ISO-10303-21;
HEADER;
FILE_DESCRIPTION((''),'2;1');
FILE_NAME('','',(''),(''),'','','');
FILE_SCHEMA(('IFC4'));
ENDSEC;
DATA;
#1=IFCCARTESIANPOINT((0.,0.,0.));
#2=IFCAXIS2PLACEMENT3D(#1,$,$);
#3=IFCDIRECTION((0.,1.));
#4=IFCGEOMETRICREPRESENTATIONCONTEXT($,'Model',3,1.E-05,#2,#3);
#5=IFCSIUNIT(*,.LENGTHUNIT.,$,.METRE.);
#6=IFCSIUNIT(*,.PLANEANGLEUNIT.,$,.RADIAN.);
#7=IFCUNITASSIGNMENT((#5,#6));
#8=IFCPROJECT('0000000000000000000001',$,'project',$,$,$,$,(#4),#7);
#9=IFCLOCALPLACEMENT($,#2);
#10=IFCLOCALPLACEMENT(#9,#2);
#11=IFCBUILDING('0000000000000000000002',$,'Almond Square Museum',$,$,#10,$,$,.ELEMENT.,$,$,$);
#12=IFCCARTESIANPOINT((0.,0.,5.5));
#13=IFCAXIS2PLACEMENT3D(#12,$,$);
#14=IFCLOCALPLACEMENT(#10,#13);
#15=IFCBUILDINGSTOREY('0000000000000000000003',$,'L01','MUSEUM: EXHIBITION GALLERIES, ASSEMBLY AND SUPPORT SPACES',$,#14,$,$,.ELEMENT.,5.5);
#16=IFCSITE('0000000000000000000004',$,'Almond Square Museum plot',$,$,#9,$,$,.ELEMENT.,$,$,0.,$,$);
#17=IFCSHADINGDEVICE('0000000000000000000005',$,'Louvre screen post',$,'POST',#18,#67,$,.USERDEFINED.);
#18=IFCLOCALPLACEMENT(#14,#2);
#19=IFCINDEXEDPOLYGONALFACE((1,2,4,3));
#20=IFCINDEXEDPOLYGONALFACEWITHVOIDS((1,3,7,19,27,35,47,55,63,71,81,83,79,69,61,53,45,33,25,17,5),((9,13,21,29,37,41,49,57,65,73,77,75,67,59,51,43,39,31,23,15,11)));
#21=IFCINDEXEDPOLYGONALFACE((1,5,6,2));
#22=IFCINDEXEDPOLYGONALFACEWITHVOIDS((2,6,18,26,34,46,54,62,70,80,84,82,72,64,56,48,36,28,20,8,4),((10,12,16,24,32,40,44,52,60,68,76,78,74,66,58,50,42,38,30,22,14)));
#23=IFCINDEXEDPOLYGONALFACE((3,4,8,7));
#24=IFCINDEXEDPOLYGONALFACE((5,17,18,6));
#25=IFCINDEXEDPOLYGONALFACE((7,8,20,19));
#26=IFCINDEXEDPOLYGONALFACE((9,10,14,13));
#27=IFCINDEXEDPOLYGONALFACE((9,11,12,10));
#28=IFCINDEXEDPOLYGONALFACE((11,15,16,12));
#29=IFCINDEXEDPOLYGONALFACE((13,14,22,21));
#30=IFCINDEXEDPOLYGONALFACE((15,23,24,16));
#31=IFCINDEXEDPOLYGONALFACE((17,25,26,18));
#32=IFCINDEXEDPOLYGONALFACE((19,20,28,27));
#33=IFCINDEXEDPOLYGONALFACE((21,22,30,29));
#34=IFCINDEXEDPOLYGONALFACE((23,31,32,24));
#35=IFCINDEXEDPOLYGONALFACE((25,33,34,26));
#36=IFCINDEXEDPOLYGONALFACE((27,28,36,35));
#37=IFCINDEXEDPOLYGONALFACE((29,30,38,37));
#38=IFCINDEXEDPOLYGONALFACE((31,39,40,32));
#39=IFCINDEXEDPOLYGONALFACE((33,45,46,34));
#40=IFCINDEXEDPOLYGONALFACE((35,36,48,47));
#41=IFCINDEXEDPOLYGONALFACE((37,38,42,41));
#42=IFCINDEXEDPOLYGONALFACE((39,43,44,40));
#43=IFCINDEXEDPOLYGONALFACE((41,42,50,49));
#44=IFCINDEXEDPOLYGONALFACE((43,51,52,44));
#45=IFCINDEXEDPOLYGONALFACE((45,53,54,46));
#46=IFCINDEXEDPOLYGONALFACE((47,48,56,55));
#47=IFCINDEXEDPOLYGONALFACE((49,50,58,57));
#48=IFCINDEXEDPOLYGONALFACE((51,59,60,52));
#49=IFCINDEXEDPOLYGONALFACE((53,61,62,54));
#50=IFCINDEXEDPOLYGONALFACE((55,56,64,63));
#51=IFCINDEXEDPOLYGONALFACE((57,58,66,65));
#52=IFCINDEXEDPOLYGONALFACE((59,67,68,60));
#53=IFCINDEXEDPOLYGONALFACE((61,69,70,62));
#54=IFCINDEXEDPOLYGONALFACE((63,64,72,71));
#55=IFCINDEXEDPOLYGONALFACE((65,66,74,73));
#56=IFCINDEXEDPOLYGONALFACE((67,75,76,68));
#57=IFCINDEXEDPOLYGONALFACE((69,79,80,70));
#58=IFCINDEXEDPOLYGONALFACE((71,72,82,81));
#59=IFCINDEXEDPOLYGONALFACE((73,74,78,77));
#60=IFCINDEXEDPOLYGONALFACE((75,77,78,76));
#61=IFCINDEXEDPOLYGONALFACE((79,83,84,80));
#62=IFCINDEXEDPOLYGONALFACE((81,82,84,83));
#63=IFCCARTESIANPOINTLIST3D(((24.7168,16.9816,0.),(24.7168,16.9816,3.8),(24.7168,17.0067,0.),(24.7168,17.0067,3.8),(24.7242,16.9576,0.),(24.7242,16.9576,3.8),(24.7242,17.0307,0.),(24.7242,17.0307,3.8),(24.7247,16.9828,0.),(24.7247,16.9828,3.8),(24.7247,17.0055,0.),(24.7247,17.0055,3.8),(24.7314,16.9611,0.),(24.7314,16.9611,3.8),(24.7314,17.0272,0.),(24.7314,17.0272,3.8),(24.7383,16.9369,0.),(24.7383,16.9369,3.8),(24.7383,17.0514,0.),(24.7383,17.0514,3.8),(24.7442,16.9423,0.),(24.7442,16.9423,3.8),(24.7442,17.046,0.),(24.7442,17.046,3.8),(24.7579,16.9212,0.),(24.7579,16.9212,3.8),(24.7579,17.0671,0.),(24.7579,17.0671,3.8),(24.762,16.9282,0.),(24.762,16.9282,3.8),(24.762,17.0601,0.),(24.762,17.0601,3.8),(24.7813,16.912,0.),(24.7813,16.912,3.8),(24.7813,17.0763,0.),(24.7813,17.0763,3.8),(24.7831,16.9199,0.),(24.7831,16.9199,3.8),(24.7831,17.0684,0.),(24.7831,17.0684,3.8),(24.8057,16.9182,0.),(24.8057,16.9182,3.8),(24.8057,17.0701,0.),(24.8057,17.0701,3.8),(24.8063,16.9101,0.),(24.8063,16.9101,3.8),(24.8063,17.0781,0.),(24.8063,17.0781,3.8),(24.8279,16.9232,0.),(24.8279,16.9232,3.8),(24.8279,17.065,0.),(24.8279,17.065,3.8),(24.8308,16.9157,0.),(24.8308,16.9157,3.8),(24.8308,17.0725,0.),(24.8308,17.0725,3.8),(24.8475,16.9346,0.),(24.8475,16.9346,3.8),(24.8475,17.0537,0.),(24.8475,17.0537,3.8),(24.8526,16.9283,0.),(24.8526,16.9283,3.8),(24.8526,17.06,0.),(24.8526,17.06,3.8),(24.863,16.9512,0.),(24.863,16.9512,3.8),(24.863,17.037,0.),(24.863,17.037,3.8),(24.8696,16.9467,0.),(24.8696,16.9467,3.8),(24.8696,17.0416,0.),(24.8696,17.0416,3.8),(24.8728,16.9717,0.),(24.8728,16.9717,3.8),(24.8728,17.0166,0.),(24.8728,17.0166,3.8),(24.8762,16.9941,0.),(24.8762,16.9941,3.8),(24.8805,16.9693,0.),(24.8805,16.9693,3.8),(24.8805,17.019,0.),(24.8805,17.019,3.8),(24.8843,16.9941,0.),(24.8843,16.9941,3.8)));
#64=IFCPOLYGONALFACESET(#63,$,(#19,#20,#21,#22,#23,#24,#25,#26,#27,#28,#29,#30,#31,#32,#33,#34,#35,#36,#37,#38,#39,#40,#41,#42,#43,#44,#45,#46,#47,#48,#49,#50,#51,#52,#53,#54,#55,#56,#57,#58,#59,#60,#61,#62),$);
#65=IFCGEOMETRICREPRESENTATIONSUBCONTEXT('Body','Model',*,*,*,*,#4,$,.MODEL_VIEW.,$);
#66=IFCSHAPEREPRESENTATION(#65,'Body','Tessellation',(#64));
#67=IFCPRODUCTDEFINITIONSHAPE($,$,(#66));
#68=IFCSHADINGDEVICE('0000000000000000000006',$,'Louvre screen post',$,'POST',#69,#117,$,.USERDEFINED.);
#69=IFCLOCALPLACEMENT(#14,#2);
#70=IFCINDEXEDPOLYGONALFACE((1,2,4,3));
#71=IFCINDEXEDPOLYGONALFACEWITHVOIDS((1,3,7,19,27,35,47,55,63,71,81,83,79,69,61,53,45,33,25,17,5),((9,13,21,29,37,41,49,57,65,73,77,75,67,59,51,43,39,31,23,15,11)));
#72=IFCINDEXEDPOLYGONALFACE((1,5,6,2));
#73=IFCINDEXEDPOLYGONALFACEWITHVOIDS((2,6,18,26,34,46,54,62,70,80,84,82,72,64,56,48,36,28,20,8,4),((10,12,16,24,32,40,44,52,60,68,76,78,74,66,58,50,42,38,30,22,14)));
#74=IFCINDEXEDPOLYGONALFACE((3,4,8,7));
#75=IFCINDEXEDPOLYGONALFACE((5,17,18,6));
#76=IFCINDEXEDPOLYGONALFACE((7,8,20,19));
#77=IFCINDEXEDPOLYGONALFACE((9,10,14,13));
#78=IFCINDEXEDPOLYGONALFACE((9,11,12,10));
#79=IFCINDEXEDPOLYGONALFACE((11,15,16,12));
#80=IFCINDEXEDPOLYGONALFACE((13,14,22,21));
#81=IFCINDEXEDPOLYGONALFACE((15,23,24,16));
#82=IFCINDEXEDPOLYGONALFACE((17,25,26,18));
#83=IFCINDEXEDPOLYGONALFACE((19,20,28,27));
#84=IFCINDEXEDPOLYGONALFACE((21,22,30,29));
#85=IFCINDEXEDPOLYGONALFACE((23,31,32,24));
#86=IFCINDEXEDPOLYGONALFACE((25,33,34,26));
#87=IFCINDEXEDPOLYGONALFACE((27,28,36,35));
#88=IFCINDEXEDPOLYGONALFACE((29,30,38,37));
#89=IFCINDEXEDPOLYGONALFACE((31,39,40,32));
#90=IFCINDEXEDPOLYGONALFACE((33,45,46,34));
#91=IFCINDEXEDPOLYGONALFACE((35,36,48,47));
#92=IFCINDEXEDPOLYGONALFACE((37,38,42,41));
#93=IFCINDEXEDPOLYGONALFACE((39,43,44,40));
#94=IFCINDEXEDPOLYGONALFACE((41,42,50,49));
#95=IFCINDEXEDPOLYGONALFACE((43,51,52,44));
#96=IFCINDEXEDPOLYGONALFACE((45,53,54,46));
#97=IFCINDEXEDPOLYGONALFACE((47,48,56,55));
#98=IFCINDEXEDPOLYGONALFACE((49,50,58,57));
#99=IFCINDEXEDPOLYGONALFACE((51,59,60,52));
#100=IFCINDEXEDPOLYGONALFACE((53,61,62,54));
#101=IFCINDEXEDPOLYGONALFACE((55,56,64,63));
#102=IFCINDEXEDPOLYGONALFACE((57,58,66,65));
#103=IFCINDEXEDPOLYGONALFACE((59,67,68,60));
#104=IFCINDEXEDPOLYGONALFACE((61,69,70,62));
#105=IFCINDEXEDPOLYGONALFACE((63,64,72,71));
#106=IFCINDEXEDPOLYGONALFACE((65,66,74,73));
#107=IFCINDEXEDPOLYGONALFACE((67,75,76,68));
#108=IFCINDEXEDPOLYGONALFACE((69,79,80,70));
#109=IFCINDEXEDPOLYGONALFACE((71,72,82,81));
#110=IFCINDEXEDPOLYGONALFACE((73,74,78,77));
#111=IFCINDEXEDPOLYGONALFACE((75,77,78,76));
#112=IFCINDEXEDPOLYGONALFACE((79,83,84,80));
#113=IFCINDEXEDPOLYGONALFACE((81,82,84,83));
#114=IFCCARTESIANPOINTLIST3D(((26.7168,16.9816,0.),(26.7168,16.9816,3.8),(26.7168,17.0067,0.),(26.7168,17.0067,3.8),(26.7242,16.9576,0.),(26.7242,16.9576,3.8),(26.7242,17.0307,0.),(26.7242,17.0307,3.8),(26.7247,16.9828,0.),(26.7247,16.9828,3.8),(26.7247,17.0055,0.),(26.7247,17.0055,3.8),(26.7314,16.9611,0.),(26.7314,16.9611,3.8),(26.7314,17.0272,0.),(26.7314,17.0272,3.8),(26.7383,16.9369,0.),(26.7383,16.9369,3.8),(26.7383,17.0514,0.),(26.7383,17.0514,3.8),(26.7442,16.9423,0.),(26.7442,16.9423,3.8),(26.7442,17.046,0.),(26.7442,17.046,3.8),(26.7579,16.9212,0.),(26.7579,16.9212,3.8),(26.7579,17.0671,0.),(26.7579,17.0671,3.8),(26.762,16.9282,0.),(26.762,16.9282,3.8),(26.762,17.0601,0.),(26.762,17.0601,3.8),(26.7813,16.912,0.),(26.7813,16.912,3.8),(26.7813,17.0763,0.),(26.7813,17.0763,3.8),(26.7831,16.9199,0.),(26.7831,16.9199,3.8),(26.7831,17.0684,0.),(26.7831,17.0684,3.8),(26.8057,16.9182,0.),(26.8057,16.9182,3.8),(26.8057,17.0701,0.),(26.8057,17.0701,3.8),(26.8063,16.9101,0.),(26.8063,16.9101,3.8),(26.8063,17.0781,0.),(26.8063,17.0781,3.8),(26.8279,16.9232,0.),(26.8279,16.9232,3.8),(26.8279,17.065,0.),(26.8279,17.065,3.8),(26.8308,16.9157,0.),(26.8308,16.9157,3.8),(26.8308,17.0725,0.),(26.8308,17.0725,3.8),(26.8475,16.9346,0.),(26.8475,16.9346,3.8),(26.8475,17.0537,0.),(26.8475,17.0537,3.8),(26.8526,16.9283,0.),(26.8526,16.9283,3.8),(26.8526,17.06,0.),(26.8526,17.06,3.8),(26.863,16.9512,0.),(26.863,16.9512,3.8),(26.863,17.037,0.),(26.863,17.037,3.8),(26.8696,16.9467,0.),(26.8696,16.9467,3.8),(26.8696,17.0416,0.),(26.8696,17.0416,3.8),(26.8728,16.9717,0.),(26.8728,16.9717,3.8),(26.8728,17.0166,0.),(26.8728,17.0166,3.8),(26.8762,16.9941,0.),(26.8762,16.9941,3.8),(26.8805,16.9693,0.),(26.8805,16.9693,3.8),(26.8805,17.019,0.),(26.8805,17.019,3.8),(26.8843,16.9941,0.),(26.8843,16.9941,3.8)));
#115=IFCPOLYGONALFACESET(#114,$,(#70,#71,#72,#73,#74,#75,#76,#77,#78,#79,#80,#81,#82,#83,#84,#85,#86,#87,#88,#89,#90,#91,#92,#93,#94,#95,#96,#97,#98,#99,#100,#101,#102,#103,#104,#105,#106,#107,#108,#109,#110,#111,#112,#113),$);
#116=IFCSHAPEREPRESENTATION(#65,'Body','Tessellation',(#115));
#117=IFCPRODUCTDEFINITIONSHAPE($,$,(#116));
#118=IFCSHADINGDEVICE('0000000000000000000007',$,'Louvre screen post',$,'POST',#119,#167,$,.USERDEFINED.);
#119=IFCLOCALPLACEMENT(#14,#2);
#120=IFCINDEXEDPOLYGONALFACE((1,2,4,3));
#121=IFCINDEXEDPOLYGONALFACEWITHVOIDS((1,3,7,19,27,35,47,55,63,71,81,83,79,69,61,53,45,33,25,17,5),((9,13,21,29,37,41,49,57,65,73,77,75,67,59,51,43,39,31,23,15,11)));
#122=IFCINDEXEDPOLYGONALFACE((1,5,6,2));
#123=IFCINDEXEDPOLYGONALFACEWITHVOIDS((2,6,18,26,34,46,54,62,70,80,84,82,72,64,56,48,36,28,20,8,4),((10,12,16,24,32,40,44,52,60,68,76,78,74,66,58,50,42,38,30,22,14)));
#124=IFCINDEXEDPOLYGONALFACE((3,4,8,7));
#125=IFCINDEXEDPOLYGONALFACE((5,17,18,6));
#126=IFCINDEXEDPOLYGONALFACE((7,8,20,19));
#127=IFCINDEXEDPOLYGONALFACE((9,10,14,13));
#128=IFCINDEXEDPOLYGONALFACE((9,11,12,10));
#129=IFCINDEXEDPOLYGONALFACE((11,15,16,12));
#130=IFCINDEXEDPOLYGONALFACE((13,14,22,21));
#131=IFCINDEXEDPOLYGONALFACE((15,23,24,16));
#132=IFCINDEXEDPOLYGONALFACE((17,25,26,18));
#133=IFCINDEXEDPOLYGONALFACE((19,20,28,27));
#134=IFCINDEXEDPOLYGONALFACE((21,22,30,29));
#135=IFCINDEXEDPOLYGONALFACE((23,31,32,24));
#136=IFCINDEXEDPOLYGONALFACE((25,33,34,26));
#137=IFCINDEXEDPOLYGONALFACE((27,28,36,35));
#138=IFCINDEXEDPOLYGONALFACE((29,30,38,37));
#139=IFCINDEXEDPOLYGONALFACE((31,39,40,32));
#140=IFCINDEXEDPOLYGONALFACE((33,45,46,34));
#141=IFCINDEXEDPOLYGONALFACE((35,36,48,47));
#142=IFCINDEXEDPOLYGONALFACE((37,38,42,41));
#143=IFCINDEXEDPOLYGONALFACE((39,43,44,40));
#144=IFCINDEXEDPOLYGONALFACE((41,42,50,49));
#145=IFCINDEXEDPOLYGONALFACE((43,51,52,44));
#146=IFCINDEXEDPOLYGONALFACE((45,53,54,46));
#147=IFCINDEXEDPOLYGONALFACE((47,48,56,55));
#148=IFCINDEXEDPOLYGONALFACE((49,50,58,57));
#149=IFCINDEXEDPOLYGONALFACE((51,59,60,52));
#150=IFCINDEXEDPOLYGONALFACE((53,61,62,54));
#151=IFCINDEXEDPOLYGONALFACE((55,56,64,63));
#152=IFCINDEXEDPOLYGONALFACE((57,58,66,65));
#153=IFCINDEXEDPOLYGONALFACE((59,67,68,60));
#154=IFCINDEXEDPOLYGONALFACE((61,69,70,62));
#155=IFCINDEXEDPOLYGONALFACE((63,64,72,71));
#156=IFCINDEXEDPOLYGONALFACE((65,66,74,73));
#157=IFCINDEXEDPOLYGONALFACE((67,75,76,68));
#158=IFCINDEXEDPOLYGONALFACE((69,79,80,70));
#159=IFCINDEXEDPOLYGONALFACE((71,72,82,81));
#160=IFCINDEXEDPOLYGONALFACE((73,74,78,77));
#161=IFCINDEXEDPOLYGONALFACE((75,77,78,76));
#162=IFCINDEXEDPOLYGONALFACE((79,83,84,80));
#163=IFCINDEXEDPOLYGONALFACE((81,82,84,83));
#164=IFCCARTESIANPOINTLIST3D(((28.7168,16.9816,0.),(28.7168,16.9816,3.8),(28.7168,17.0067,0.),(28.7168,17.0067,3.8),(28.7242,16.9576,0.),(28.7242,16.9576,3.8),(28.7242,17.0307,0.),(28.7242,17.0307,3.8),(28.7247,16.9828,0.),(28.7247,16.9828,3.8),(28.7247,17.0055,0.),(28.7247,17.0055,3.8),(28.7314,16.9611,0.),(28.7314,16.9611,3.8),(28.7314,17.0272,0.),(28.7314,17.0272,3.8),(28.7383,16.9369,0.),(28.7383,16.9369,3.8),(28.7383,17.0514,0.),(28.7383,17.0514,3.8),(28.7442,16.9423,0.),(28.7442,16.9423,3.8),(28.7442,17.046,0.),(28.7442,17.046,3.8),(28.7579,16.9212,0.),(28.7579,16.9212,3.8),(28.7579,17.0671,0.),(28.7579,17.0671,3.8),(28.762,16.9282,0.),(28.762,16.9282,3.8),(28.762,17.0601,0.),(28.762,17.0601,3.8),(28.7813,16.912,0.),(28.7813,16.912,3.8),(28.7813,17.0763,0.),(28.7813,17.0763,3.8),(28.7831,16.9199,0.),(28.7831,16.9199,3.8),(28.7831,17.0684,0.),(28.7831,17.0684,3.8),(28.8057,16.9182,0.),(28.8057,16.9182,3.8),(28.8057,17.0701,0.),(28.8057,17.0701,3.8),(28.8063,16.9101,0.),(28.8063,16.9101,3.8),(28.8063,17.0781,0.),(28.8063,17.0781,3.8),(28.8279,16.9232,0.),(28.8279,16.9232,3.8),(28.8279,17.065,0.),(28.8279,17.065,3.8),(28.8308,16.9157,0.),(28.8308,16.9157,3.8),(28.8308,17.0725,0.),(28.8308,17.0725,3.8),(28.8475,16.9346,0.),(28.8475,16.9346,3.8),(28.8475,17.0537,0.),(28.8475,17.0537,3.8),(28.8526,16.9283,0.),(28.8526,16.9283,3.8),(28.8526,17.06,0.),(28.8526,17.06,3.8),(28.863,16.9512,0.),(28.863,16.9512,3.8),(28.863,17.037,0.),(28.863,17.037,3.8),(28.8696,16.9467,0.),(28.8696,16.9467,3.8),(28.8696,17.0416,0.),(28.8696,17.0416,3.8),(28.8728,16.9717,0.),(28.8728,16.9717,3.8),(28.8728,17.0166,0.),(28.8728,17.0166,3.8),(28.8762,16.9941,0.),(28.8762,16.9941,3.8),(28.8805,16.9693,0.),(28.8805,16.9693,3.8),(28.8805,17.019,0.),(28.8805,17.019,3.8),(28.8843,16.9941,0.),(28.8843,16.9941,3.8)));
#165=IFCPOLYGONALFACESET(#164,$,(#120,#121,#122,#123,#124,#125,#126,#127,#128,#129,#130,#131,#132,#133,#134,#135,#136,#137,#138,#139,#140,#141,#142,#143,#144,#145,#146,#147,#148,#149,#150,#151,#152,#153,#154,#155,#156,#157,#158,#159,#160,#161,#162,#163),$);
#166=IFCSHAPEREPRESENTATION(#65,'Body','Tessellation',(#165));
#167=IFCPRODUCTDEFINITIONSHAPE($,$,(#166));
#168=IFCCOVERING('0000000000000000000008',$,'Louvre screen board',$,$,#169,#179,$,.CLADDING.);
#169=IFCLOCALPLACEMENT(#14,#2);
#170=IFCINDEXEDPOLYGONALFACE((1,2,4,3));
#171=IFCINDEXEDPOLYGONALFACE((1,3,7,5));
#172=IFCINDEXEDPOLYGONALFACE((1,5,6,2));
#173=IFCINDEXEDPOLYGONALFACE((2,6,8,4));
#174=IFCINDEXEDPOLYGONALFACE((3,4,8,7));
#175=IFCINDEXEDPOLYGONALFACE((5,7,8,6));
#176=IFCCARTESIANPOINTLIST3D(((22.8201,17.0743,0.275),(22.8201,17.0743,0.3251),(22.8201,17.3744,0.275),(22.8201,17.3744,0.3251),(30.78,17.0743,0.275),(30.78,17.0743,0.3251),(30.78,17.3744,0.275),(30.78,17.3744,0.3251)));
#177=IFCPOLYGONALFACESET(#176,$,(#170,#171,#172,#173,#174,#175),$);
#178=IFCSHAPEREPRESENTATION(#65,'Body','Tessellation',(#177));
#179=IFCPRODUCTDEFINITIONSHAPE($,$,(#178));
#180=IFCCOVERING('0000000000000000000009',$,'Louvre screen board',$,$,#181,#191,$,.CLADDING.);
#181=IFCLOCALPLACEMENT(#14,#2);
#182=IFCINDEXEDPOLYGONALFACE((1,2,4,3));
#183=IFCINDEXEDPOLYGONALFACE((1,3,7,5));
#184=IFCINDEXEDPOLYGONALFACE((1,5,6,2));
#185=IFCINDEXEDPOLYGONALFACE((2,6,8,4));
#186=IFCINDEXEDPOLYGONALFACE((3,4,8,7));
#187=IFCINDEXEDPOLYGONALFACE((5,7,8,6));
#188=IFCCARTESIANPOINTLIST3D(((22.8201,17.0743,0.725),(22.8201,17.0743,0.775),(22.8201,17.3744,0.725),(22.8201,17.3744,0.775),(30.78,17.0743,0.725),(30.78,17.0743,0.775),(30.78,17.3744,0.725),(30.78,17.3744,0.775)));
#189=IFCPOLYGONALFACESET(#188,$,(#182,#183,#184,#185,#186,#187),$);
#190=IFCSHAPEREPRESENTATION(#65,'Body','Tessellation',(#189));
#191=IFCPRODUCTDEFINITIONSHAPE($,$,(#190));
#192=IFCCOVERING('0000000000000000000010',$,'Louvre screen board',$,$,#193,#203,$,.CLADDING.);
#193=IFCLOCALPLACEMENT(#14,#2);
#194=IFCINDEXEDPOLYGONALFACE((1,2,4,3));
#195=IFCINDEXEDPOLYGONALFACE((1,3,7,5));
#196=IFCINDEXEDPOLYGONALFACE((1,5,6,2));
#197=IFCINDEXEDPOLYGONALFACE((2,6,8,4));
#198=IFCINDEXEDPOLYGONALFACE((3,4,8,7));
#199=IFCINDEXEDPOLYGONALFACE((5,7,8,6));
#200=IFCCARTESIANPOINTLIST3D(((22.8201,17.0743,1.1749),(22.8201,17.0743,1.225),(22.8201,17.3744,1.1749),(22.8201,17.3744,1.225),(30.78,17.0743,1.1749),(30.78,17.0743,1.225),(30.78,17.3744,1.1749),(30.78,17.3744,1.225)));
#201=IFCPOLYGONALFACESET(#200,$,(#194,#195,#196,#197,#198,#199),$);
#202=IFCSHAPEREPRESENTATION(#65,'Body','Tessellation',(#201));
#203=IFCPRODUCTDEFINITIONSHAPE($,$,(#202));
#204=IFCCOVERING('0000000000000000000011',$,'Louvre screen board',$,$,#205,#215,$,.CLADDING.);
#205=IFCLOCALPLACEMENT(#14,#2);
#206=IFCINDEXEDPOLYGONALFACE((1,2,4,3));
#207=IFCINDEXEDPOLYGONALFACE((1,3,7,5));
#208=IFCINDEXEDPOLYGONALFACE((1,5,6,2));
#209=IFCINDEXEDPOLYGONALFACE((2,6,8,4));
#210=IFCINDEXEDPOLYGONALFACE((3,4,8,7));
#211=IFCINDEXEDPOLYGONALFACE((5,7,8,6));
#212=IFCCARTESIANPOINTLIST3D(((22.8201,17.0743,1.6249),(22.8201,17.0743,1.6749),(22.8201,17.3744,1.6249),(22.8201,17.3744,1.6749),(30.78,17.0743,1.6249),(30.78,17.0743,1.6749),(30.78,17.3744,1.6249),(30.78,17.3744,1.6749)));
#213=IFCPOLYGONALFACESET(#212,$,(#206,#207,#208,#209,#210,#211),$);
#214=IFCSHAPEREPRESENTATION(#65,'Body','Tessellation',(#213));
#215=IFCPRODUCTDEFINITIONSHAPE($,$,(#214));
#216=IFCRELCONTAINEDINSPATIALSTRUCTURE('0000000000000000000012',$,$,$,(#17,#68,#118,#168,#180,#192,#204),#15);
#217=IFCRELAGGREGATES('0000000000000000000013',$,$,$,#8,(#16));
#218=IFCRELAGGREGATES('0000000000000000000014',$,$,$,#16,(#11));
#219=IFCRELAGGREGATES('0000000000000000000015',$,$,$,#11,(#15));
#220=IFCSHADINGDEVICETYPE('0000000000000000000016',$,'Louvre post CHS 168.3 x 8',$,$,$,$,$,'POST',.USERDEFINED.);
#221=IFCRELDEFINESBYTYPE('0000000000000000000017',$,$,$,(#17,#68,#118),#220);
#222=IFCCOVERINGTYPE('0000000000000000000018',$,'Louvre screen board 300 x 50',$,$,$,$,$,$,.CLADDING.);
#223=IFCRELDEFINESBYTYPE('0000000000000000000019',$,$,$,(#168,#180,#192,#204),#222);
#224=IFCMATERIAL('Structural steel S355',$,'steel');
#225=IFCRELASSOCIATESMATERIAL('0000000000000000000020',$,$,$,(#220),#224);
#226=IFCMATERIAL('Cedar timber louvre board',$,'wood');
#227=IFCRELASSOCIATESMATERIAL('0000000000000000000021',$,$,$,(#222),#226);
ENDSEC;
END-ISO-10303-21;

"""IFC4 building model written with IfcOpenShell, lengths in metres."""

from ifc_helpers import new_model, si_unit, direction, frame, origin, origin_2d, place, context, subcontext, project, spatial, rectangle, hollow_circle, extrude, material, material_profile, profile_set, type_object, element, save


model = new_model("IFC4")

# Units and contexts
model_context = context("Model", 3, precision=1e-05, world=origin(), true_north=direction((0.0, 1.0)))
body_context = subcontext(model_context, "Body", "Model", "MODEL_VIEW")
ifc_project = project(units=[si_unit("LENGTHUNIT", "METRE"), si_unit("PLANEANGLEUNIT", "RADIAN")], contexts=[model_context])

# Site, building, storey
site_placement = place(None, origin())
site = spatial("IfcSite", under=ifc_project, at=site_placement, Name="Almond Square Museum plot", CompositionType="ELEMENT", RefElevation=0.0)
building_placement = place(site_placement, origin())
building = spatial("IfcBuilding", under=site, at=building_placement, Name="Almond Square Museum", CompositionType="ELEMENT")
storey_placement = place(building_placement, frame((0.0, 0.0, 5.5)))
storey = spatial("IfcBuildingStorey", under=building, at=storey_placement, Name="L01", Description="MUSEUM: EXHIBITION GALLERIES, ASSEMBLY AND SUPPORT SPACES", CompositionType="ELEMENT", Elevation=5.5)

# Shading devices
ifc_material_1 = material(Name="Structural steel S355", Category="steel")
ifc_material_profile_1 = material_profile(ifc_material_1, hollow_circle(Radius=0.0842, WallThickness=0.0081, at=origin_2d()))
ifc_profile_set_1 = profile_set([ifc_material_profile_1], Name="Structural steel S355")
shading_device_type_1 = type_object("IfcShadingDeviceType", Name="Louvre post CHS 168.3 x 8", ElementType="POST", PredefinedType="USERDEFINED", material=ifc_profile_set_1)
for number, where, z_axis, x_axis, name in (
    (1, (24.8, 16.9941, 0.0), (0.0, 0.0, 1.0), (1.0, 0.0, 0.0), "Louvre screen post"),
    (2, (26.8, 16.9941, 0.0), (0.0, 0.0, 1.0), (1.0, 0.0, 0.0), "Louvre screen post"),
    (3, (28.8, 16.9941, 0.0), (0.0, 0.0, 1.0), (1.0, 0.0, 0.0), "Louvre screen post"),
):
    element("IfcShadingDevice", number, at=place(storey_placement, frame(where, z_axis=z_axis, x_axis=x_axis)), inside=storey, type_object=shading_device_type_1, Name=name, ObjectType="POST", PredefinedType="USERDEFINED", context=body_context, shape_type="SweptSolid", body=[
        extrude(hollow_circle(Radius=0.0842, WallThickness=0.0081, at=origin_2d()), origin(), (0.0, 0.0, 1.0), 3.8),
    ])

# Coverings
ifc_material_2 = material(Name="Cedar timber louvre board", Category="wood")
ifc_material_profile_2 = material_profile(ifc_material_2, rectangle(XDim=0.3, YDim=0.05, at=origin_2d()))
ifc_profile_set_2 = profile_set([ifc_material_profile_2], Name="Cedar timber louvre board")
covering_type = type_object("IfcCoveringType", Name="Louvre screen board 300 x 50", PredefinedType="CLADDING", material=ifc_profile_set_2)
for number, where, z_axis, x_axis, name in (
    (4, (22.8201, 17.2244, 0.3), (1.0, 0.0, 0.0), (0.0, 1.0, 0.0), "Louvre screen board"),
    (5, (22.8201, 17.2244, 0.75), (1.0, 0.0, 0.0), (0.0, 1.0, 0.0), "Louvre screen board"),
    (6, (22.8201, 17.2244, 1.2), (1.0, 0.0, 0.0), (0.0, 1.0, 0.0), "Louvre screen board"),
    (7, (22.8201, 17.2244, 1.6499), (1.0, 0.0, 0.0), (0.0, 1.0, 0.0), "Louvre screen board"),
):
    element("IfcCovering", number, at=place(storey_placement, frame(where, z_axis=z_axis, x_axis=x_axis)), inside=storey, type_object=covering_type, Name=name, PredefinedType="CLADDING", context=body_context, shape_type="SweptSolid", body=[
        extrude(rectangle(XDim=0.3, YDim=0.05, at=origin_2d()), origin(), (0.0, 0.0, 1.0), 7.96),
    ])

save(model, "model.ifc")
